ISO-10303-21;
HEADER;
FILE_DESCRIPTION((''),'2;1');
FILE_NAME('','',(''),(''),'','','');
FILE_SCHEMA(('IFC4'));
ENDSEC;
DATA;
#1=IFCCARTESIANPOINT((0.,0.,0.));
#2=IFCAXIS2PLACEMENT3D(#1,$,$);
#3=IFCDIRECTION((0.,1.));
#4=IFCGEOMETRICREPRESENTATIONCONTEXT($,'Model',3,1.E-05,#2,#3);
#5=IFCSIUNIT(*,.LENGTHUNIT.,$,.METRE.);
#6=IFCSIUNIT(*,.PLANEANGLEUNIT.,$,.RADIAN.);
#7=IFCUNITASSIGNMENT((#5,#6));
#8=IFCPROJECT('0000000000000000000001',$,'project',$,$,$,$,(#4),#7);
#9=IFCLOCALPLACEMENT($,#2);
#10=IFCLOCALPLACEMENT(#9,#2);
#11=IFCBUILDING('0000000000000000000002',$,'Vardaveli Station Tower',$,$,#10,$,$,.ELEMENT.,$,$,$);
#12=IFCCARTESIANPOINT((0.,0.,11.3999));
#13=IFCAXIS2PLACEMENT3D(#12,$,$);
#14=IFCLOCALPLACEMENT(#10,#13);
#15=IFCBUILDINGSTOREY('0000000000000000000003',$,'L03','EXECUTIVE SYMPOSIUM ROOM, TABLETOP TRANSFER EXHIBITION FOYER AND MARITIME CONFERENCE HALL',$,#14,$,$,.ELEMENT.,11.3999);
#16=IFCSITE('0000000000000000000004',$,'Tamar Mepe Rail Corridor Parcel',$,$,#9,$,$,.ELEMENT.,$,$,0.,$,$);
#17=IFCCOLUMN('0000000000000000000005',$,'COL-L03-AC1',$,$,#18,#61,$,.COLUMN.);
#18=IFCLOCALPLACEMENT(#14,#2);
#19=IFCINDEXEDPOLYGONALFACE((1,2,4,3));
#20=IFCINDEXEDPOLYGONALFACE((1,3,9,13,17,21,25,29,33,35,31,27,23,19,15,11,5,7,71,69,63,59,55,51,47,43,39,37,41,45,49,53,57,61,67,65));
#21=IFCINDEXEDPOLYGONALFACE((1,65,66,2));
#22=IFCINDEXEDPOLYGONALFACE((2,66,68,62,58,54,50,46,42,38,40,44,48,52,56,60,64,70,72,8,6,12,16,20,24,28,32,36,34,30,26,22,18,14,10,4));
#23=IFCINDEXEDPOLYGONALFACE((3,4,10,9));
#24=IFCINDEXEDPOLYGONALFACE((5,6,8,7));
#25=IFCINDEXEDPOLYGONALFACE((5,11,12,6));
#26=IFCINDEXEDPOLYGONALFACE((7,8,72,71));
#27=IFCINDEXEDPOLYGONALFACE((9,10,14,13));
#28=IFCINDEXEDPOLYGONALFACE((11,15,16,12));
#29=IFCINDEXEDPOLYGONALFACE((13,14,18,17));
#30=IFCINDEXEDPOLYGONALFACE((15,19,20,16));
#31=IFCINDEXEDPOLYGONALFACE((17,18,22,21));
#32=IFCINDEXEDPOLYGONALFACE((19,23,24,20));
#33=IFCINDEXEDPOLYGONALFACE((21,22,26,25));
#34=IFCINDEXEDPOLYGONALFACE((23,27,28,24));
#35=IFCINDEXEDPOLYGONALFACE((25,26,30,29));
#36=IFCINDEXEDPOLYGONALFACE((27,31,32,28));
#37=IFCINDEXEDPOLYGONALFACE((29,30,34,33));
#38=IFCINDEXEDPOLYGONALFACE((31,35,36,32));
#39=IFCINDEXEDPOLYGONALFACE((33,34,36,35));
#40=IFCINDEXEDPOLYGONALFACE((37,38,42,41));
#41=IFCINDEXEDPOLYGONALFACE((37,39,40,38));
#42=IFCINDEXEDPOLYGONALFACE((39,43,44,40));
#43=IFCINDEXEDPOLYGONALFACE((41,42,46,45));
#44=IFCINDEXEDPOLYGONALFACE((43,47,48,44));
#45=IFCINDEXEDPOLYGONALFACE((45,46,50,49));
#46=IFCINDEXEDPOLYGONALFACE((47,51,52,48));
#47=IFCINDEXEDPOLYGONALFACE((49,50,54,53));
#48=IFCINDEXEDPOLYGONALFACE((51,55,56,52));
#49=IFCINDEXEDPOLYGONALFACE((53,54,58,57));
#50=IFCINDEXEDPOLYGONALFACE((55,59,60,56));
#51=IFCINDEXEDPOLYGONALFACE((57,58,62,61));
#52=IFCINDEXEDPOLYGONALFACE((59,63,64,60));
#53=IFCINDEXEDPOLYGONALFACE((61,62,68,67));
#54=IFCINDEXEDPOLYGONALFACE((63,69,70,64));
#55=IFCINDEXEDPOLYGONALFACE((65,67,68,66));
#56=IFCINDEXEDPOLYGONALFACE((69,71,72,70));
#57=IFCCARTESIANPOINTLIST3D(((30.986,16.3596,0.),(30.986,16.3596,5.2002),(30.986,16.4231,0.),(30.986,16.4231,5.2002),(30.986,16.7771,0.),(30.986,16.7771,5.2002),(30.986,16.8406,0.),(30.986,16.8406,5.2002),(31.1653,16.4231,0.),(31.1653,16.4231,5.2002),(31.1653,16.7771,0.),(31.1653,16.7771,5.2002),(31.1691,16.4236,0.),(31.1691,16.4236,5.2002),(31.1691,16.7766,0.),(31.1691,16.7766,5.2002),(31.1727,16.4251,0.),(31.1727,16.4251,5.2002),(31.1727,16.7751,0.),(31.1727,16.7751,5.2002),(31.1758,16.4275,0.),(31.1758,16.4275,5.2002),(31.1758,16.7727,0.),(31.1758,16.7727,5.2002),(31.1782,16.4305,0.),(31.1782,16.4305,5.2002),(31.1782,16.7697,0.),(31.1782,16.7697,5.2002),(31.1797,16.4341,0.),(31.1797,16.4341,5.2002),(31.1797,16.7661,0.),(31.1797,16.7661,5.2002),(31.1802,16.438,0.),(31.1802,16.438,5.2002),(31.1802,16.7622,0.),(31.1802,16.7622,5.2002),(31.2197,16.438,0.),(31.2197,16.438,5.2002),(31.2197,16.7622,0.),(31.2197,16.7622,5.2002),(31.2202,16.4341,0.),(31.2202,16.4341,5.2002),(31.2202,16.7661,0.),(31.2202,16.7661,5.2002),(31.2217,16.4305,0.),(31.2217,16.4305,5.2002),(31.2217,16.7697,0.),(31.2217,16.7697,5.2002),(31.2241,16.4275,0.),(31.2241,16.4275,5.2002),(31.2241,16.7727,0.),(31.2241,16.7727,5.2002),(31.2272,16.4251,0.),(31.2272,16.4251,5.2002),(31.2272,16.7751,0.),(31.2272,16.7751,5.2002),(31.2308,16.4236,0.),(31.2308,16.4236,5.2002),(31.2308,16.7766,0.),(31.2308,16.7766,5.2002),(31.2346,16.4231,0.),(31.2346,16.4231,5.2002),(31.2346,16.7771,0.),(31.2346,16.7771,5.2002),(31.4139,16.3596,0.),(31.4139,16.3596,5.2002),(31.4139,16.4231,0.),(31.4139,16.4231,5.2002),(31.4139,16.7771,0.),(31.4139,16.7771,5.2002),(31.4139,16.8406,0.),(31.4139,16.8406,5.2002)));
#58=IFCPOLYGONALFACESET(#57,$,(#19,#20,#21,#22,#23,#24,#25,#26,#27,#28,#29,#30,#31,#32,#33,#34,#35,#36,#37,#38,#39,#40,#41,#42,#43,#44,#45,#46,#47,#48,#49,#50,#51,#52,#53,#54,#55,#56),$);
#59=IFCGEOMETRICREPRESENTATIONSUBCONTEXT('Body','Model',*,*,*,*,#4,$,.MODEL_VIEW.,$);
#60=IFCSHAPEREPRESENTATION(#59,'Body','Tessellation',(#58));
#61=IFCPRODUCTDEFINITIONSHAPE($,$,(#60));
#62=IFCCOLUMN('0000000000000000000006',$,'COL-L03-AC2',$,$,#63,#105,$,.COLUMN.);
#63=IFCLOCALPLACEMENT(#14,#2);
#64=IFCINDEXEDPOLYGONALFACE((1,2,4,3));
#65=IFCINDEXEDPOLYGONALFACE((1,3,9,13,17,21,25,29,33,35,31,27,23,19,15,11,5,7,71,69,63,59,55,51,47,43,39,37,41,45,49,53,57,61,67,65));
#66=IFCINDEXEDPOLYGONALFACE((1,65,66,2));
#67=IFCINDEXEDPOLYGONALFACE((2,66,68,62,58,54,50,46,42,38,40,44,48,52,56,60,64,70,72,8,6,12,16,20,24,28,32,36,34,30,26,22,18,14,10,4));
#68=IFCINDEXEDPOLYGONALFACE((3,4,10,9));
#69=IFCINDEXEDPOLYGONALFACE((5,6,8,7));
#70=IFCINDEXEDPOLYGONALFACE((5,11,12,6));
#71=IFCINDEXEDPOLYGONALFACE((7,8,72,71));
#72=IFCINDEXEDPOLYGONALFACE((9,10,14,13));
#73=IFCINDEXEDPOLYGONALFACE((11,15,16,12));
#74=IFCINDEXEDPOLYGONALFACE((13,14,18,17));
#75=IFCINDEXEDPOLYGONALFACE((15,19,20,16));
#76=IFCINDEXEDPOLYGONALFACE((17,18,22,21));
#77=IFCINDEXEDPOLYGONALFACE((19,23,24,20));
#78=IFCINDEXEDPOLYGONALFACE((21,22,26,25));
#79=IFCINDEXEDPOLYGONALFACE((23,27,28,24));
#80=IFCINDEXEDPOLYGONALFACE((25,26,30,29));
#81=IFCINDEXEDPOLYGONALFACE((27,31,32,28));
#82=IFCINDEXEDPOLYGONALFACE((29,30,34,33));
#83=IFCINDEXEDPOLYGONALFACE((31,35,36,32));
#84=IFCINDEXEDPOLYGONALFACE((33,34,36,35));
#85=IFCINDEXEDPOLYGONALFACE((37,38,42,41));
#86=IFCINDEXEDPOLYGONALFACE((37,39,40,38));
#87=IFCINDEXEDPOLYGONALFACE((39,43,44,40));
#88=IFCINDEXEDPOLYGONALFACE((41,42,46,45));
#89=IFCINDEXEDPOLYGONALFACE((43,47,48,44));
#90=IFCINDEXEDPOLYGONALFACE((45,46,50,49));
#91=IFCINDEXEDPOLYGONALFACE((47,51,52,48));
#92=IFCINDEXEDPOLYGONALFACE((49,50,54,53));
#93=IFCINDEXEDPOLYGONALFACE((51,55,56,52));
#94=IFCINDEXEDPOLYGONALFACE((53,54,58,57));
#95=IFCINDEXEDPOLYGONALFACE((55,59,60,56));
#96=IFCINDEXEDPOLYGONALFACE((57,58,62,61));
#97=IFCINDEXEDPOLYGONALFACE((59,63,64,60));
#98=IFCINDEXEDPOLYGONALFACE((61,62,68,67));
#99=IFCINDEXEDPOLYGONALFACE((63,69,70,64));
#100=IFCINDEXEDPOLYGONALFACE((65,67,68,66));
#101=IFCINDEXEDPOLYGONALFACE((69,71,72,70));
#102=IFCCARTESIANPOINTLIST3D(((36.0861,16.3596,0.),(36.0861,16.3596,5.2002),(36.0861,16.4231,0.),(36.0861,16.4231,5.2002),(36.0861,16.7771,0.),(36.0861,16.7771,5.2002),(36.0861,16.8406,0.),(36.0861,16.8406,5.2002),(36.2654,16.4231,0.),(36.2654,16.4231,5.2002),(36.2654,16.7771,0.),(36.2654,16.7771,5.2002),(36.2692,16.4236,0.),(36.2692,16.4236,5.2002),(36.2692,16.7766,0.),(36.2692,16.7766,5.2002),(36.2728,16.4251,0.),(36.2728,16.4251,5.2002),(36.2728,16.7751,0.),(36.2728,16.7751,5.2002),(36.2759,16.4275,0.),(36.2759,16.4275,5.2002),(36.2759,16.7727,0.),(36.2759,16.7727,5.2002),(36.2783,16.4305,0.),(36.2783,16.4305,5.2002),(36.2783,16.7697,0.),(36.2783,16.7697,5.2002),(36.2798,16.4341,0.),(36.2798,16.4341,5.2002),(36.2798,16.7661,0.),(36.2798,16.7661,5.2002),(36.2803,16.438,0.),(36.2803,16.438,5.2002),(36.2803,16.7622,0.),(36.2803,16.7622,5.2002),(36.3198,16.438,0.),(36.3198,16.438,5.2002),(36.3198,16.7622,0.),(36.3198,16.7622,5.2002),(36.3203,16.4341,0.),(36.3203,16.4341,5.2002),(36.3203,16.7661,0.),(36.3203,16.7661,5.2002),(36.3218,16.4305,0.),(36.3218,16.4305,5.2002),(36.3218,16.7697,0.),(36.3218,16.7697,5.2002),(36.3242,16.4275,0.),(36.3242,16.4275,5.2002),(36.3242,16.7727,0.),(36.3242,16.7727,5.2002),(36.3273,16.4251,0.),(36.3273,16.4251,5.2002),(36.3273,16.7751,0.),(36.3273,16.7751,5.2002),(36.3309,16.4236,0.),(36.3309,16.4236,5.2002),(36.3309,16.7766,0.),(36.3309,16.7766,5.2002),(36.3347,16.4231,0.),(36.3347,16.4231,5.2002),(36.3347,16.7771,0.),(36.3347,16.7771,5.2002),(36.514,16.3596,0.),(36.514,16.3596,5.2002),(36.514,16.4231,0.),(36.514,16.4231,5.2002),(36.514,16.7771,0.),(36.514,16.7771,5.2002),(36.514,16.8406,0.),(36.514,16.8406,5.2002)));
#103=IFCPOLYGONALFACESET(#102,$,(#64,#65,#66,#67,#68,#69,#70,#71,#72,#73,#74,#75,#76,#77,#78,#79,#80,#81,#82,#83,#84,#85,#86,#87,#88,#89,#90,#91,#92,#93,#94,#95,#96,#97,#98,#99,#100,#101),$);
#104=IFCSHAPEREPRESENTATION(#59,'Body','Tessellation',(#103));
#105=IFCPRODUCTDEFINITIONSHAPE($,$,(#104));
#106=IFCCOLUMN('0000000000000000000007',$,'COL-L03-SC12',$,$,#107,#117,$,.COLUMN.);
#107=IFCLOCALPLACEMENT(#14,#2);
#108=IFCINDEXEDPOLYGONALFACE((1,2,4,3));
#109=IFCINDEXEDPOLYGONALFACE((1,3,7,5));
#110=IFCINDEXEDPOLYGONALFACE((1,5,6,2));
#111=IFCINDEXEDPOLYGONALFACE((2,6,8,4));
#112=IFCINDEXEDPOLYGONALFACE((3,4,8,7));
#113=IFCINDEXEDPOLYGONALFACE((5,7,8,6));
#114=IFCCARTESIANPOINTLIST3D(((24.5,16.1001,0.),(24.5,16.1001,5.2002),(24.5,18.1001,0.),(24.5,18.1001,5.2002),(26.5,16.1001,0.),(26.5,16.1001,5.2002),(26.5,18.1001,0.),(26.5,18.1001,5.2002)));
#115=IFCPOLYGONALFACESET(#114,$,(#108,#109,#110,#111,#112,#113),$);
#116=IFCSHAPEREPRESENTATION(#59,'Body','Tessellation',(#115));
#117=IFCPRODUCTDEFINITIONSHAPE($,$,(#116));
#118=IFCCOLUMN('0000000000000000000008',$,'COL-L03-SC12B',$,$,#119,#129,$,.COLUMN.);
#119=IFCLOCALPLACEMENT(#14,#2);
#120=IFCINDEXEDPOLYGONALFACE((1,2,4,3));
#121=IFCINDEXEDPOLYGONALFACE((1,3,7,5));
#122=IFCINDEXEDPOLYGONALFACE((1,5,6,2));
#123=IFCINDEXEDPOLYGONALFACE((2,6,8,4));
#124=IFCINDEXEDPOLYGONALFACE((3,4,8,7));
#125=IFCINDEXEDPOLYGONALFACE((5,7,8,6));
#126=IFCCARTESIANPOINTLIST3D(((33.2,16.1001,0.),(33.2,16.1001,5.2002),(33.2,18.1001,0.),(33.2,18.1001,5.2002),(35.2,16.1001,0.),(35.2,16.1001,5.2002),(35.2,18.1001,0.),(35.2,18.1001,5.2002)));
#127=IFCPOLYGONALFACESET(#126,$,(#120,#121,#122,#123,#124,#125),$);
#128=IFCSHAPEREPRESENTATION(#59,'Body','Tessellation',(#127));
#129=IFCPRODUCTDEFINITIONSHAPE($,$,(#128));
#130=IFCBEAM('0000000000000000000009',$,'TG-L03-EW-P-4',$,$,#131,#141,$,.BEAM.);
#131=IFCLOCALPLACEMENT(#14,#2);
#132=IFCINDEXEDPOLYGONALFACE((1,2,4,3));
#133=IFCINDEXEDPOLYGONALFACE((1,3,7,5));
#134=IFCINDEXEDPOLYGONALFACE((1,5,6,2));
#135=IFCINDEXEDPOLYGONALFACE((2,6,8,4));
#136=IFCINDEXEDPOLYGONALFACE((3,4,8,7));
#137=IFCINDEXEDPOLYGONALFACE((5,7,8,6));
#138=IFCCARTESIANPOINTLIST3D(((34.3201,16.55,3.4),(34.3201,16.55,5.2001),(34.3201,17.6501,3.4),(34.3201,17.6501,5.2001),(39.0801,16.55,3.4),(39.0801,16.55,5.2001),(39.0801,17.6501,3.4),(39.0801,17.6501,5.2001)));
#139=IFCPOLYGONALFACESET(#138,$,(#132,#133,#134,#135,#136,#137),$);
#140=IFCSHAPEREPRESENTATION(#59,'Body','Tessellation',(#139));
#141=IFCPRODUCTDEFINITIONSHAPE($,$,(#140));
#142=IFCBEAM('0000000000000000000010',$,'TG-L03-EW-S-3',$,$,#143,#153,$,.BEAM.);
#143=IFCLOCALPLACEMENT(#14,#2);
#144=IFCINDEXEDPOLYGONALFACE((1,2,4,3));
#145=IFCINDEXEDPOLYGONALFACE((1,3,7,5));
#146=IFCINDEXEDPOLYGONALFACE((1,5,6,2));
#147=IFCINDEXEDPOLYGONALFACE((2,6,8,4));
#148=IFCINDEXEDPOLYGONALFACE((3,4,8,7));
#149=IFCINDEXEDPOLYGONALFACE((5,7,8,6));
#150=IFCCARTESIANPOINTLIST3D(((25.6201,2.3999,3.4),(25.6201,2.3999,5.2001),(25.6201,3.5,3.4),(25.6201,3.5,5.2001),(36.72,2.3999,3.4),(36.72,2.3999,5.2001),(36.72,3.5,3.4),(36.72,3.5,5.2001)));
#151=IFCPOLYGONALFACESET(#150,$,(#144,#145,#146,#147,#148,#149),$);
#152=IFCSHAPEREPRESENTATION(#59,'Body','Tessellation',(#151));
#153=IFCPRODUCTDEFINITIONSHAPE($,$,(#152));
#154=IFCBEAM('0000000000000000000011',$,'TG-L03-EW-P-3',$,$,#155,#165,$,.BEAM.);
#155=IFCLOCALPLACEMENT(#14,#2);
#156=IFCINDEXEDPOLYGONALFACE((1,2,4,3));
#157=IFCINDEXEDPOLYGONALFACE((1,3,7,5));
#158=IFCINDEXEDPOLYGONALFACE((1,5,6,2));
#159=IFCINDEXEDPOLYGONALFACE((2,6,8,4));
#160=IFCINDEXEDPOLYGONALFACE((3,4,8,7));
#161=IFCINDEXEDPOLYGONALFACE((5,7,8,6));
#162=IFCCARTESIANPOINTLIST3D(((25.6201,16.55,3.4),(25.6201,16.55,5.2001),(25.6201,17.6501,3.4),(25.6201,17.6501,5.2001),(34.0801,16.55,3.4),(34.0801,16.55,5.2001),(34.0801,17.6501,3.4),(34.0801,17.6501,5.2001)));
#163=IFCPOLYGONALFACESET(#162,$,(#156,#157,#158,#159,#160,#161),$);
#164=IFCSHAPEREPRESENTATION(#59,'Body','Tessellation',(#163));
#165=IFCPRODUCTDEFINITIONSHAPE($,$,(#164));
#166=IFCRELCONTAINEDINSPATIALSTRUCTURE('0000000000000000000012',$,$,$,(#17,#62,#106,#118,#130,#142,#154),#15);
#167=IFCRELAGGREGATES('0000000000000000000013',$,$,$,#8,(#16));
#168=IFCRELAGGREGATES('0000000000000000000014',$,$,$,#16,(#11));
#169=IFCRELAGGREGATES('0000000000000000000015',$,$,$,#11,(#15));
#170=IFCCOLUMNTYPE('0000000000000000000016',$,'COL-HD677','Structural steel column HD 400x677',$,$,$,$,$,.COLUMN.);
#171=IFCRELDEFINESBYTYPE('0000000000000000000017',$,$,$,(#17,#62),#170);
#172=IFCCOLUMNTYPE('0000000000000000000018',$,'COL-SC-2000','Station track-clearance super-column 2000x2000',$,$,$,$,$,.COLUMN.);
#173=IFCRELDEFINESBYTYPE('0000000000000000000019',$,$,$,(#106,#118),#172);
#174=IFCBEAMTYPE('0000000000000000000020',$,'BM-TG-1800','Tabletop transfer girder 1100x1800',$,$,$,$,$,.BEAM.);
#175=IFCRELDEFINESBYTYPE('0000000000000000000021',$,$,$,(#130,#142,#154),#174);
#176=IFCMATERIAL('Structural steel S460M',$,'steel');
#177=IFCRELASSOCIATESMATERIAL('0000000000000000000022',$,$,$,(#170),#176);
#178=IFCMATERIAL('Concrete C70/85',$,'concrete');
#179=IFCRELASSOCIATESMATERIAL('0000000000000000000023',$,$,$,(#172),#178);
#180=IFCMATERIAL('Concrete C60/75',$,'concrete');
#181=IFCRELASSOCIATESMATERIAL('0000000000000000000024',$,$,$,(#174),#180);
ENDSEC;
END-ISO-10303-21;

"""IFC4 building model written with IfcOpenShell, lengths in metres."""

from ifc_helpers import new_model, si_unit, direction, frame, origin, origin_2d, place, context, subcontext, project, spatial, rectangle, i_section, extrude, source, transform, mapped, material, material_profile, profile_set, type_object, element, save


model = new_model("IFC4")

# Units and contexts
model_context = context("Model", 3, precision=1e-05, world=origin(), true_north=direction((0.0, 1.0)))
body_context = subcontext(model_context, "Body", "Model", "MODEL_VIEW")
ifc_project = project(units=[si_unit("LENGTHUNIT", "METRE"), si_unit("PLANEANGLEUNIT", "RADIAN")], contexts=[model_context])

# Site, building, storey
site_placement = place(None, origin())
site = spatial("IfcSite", under=ifc_project, at=site_placement, Name="Tamar Mepe Rail Corridor Parcel", CompositionType="ELEMENT", RefElevation=0.0)
building_placement = place(site_placement, origin())
building = spatial("IfcBuilding", under=site, at=building_placement, Name="Vardaveli Station Tower", CompositionType="ELEMENT")
storey_placement = place(building_placement, frame((0.0, 0.0, 11.3999)))
storey = spatial("IfcBuildingStorey", under=building, at=storey_placement, Name="L03", Description="EXECUTIVE SYMPOSIUM ROOM, TABLETOP TRANSFER EXHIBITION FOYER AND MARITIME CONFERENCE HALL", CompositionType="ELEMENT", Elevation=11.3999)

# Columns
ifc_material_1 = material(Name="Structural steel S460M", Category="steel")
ifc_material_profile_1 = material_profile(ifc_material_1, i_section(OverallWidth=0.428, OverallDepth=0.481, WebThickness=0.0396, FlangeThickness=0.0635, FilletRadius=0.0149, at=origin_2d()), Name="HD 400x677")
ifc_profile_set_1 = profile_set([ifc_material_profile_1], Name="Structural steel S460M")
column_type_1 = type_object("IfcColumnType", Name="COL-HD677", Description="Structural steel column HD 400x677", PredefinedType="COLUMN", material=ifc_profile_set_1)
shared_shape_1 = source(origin(), body_context, "Body", "SweptSolid", [
    extrude(i_section(OverallWidth=0.428, OverallDepth=0.481, WebThickness=0.0396, FlangeThickness=0.0635, FilletRadius=0.0149, at=origin_2d()), origin(), (0.0, 0.0, 1.0), 5.2002),
])
for number, where, z_axis, x_axis, name in (
    (1, (31.2, 16.6001, 0.0), (0.0, 0.0, 1.0), (1.0, 0.0, 0.0), "COL-L03-AC1"),
    (2, (36.3, 16.6001, 0.0), (0.0, 0.0, 1.0), (1.0, 0.0, 0.0), "COL-L03-AC2"),
):
    element("IfcColumn", number, at=place(storey_placement, frame(where, z_axis=z_axis, x_axis=x_axis)), inside=storey, type_object=column_type_1, Name=name, PredefinedType="COLUMN", context=body_context, shape_type="MappedRepresentation", body=[
        mapped(shared_shape_1, transform((0.0, 0.0, 0.0), scale=1.0)),
    ])
ifc_material_2 = material(Name="Concrete C70/85", Category="concrete")
ifc_material_profile_2 = material_profile(ifc_material_2, rectangle(XDim=2.0, YDim=2.0, at=origin_2d()), Name="SC 2000x2000")
ifc_profile_set_2 = profile_set([ifc_material_profile_2], Name="Concrete C70/85")
column_type_2 = type_object("IfcColumnType", Name="COL-SC-2000", Description="Station track-clearance super-column 2000x2000", PredefinedType="COLUMN", material=ifc_profile_set_2)
shared_shape_2 = source(origin(), body_context, "Body", "SweptSolid", [
    extrude(rectangle(XDim=2.0, YDim=2.0, at=origin_2d()), origin(), (0.0, 0.0, 1.0), 5.2002),
])
for number, where, z_axis, x_axis, name in (
    (3, (25.5, 17.1001, 0.0), (0.0, 0.0, 1.0), (1.0, 0.0, 0.0), "COL-L03-SC12"),
    (4, (34.2, 17.1001, 0.0), (0.0, 0.0, 1.0), (1.0, 0.0, 0.0), "COL-L03-SC12B"),
):
    element("IfcColumn", number, at=place(storey_placement, frame(where, z_axis=z_axis, x_axis=x_axis)), inside=storey, type_object=column_type_2, Name=name, PredefinedType="COLUMN", context=body_context, shape_type="MappedRepresentation", body=[
        mapped(shared_shape_2, transform((0.0, 0.0, 0.0), scale=1.0)),
    ])

# Beams
ifc_material_3 = material(Name="Concrete C60/75", Category="concrete")
ifc_material_profile_3 = material_profile(ifc_material_3, rectangle(XDim=1.1001, YDim=1.8, at=origin_2d()), Name="TG 1100x1800")
ifc_profile_set_3 = profile_set([ifc_material_profile_3], Name="Concrete C60/75")
beam_type_1 = type_object("IfcBeamType", Name="BM-TG-1800", Description="Tabletop transfer girder 1100x1800", PredefinedType="BEAM", material=ifc_profile_set_3)
shared_shape_3 = source(origin(), body_context, "Body", "SweptSolid", [
    extrude(rectangle(XDim=1.1001, YDim=1.8, at=origin_2d()), origin(), (0.0, 0.0, 1.0), 4.76),
])
beam_1_placement = place(storey_placement, frame((34.3201, 17.1001, 4.3), z_axis=(1.0, 0.0, 0.0), x_axis=(0.0, 1.0, 0.0)))
element("IfcBeam", 5, at=beam_1_placement, inside=storey, type_object=beam_type_1, Name="TG-L03-EW-P-4", PredefinedType="BEAM", context=body_context, shape_type="MappedRepresentation", body=[
    mapped(shared_shape_3, transform((0.0, 0.0, 0.0), scale=1.0)),
])
shared_shape_4 = source(origin(), body_context, "Body", "SweptSolid", [
    extrude(rectangle(XDim=1.1001, YDim=1.8, at=origin_2d()), origin(), (0.0, 0.0, 1.0), 11.0999),
])
beam_2_placement = place(storey_placement, frame((25.6201, 2.95, 4.3), z_axis=(1.0, 0.0, 0.0), x_axis=(0.0, 1.0, 0.0)))
element("IfcBeam", 6, at=beam_2_placement, inside=storey, type_object=beam_type_1, Name="TG-L03-EW-S-3", PredefinedType="BEAM", context=body_context, shape_type="MappedRepresentation", body=[
    mapped(shared_shape_4, transform((0.0, 0.0, 0.0), scale=1.0)),
])
shared_shape_5 = source(origin(), body_context, "Body", "SweptSolid", [
    extrude(rectangle(XDim=1.1001, YDim=1.8, at=origin_2d()), origin(), (0.0, 0.0, 1.0), 8.46),
])
beam_3_placement = place(storey_placement, frame((25.6201, 17.1001, 4.3), z_axis=(1.0, 0.0, 0.0), x_axis=(0.0, 1.0, 0.0)))
element("IfcBeam", 7, at=beam_3_placement, inside=storey, type_object=beam_type_1, Name="TG-L03-EW-P-3", PredefinedType="BEAM", context=body_context, shape_type="MappedRepresentation", body=[
    mapped(shared_shape_5, transform((0.0, 0.0, 0.0), scale=1.0)),
])

save(model, "model.ifc")
